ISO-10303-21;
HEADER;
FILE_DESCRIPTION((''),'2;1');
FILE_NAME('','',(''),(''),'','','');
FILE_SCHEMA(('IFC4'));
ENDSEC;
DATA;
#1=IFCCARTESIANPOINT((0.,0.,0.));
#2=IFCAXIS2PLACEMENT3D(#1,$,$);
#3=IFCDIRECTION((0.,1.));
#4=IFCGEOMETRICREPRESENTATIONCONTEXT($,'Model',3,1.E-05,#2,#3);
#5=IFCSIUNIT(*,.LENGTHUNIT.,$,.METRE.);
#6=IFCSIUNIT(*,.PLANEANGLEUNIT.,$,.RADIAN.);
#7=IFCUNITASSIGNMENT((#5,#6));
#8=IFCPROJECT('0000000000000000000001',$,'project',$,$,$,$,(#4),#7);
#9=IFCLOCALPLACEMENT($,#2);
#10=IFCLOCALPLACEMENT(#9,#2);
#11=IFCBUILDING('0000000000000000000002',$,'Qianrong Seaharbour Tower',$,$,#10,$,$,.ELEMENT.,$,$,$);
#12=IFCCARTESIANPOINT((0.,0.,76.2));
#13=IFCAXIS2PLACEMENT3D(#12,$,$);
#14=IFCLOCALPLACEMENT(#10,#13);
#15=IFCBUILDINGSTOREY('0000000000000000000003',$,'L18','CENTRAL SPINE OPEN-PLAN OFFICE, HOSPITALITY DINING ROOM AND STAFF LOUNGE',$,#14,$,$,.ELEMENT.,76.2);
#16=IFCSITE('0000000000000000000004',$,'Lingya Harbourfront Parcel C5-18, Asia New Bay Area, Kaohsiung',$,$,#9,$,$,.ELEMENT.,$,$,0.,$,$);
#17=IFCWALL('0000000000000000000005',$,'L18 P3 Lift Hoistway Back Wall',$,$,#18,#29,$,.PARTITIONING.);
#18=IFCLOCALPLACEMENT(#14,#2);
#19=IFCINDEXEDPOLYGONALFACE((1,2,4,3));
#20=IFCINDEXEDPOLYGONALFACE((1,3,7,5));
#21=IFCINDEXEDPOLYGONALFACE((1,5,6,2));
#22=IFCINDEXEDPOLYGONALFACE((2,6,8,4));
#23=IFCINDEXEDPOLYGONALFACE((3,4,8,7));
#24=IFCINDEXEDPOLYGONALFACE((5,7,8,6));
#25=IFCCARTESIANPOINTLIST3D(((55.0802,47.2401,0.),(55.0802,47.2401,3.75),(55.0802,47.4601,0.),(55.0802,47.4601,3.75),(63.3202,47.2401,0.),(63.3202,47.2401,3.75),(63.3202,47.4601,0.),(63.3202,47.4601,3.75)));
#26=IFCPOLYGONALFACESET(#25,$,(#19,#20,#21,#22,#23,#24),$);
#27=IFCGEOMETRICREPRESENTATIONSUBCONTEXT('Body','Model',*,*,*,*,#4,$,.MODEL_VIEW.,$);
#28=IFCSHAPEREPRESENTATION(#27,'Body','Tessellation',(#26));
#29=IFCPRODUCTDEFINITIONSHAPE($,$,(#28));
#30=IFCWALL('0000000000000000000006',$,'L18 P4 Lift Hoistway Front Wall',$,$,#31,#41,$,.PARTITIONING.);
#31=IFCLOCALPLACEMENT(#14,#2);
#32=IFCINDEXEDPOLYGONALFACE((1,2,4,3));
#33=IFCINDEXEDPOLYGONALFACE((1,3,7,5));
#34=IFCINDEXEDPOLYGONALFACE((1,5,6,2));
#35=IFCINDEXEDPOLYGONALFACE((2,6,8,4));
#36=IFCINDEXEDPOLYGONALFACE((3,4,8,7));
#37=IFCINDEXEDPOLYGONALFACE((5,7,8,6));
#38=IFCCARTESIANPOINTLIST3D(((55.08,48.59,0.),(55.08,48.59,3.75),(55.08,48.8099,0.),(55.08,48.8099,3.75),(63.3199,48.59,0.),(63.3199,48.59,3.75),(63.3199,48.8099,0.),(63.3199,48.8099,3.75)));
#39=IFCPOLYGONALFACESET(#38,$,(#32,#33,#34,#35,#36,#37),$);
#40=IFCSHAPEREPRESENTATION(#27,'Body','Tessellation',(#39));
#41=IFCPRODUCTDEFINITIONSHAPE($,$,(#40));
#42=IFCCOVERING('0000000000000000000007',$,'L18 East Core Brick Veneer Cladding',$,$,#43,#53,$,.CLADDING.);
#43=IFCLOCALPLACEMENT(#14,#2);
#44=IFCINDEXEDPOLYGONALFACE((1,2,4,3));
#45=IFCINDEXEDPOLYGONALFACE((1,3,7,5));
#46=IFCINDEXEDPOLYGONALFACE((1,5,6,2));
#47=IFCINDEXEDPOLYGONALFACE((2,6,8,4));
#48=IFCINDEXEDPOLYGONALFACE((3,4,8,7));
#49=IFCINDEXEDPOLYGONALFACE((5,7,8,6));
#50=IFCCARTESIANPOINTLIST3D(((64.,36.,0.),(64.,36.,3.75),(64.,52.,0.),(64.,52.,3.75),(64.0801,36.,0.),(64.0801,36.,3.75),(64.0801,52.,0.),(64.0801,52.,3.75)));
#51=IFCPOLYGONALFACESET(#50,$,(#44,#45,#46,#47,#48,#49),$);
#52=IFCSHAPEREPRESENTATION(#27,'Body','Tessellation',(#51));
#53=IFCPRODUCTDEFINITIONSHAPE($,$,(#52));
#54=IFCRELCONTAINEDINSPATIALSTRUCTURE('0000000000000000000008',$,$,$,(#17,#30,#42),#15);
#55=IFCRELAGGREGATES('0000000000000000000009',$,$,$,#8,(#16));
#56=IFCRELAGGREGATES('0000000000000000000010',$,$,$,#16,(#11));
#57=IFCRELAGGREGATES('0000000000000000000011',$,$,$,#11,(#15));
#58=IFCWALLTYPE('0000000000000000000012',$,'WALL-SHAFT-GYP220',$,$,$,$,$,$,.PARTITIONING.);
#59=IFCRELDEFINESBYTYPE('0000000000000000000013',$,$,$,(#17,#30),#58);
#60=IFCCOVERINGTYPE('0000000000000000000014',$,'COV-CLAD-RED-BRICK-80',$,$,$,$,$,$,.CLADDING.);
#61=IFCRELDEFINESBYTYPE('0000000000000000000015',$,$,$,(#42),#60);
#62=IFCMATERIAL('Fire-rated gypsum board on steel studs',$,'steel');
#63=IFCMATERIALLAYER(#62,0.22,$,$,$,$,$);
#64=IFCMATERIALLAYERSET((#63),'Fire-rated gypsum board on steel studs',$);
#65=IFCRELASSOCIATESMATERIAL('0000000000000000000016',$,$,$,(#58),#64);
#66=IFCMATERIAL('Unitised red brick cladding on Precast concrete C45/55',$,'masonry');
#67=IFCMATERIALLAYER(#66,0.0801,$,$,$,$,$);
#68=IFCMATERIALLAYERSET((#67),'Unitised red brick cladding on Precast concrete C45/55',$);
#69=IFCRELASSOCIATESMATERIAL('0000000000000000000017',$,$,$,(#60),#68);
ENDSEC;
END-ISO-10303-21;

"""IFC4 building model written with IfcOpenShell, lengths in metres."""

from ifc_helpers import new_model, si_unit, direction, frame, frame_2d, origin, origin_2d, place, context, subcontext, project, spatial, rectangle, extrude, material, layer, layer_set, type_object, element, save


model = new_model("IFC4")

# Units and contexts
model_context = context("Model", 3, precision=1e-05, world=origin(), true_north=direction((0.0, 1.0)))
body_context = subcontext(model_context, "Body", "Model", "MODEL_VIEW")
ifc_project = project(units=[si_unit("LENGTHUNIT", "METRE"), si_unit("PLANEANGLEUNIT", "RADIAN")], contexts=[model_context])

# Site, building, storey
site_placement = place(None, origin())
site = spatial("IfcSite", under=ifc_project, at=site_placement, Name="Lingya Harbourfront Parcel C5-18, Asia New Bay Area, Kaohsiung", CompositionType="ELEMENT", RefElevation=0.0)
building_placement = place(site_placement, origin())
building = spatial("IfcBuilding", under=site, at=building_placement, Name="Qianrong Seaharbour Tower", CompositionType="ELEMENT")
storey_placement = place(building_placement, frame((0.0, 0.0, 76.2)))
storey = spatial("IfcBuildingStorey", under=building, at=storey_placement, Name="L18", Description="CENTRAL SPINE OPEN-PLAN OFFICE, HOSPITALITY DINING ROOM AND STAFF LOUNGE", CompositionType="ELEMENT", Elevation=76.2)

# Walls
ifc_material_1 = material(Name="Fire-rated gypsum board on steel studs", Category="steel")
ifc_layer_1 = layer(ifc_material_1, 0.22)
ifc_layer_set_1 = layer_set([ifc_layer_1], Name="Fire-rated gypsum board on steel studs")
wall_type_1 = type_object("IfcWallType", Name="WALL-SHAFT-GYP220", PredefinedType="PARTITIONING", material=ifc_layer_set_1)
for number, where, z_axis, x_axis, name in (
    (1, (55.0801, 47.3501, 0.0), (0.0, 0.0, 1.0), (1.0, 0.0, 0.0), "L18 P3 Lift Hoistway Back Wall"),
    (2, (63.3201, 48.7, 0.0), (0.0, 0.0, 1.0), (-1.0, 0.0, 0.0), "L18 P4 Lift Hoistway Front Wall"),
):
    element("IfcWall", number, at=place(storey_placement, frame(where, z_axis=z_axis, x_axis=x_axis)), inside=storey, type_object=wall_type_1, Name=name, PredefinedType="PARTITIONING", context=body_context, shape_type="SweptSolid", body=[
        extrude(rectangle(XDim=8.24, YDim=0.22, at=frame_2d((4.1201, 0.0))), origin(), (0.0, 0.0, 1.0), 3.75),
    ])

# Covering
ifc_material_2 = material(Name="Unitised red brick cladding on Precast concrete C45/55", Category="masonry")
ifc_layer_2 = layer(ifc_material_2, 0.0801)
ifc_layer_set_2 = layer_set([ifc_layer_2], Name="Unitised red brick cladding on Precast concrete C45/55")
covering_type = type_object("IfcCoveringType", Name="COV-CLAD-RED-BRICK-80", PredefinedType="CLADDING", material=ifc_layer_set_2)
covering_placement = place(storey_placement, frame((64.04, 44.0, 0.0), z_axis=(0.0, 0.0, 1.0), x_axis=(1.0, 0.0, 0.0)))
element("IfcCovering", 3, at=covering_placement, inside=storey, type_object=covering_type, Name="L18 East Core Brick Veneer Cladding", PredefinedType="CLADDING", context=body_context, shape_type="SweptSolid", body=[
    extrude(rectangle(XDim=0.0801, YDim=16.0, at=origin_2d()), origin(), (0.0, 0.0, 1.0), 3.75),
])

save(model, "model.ifc")
